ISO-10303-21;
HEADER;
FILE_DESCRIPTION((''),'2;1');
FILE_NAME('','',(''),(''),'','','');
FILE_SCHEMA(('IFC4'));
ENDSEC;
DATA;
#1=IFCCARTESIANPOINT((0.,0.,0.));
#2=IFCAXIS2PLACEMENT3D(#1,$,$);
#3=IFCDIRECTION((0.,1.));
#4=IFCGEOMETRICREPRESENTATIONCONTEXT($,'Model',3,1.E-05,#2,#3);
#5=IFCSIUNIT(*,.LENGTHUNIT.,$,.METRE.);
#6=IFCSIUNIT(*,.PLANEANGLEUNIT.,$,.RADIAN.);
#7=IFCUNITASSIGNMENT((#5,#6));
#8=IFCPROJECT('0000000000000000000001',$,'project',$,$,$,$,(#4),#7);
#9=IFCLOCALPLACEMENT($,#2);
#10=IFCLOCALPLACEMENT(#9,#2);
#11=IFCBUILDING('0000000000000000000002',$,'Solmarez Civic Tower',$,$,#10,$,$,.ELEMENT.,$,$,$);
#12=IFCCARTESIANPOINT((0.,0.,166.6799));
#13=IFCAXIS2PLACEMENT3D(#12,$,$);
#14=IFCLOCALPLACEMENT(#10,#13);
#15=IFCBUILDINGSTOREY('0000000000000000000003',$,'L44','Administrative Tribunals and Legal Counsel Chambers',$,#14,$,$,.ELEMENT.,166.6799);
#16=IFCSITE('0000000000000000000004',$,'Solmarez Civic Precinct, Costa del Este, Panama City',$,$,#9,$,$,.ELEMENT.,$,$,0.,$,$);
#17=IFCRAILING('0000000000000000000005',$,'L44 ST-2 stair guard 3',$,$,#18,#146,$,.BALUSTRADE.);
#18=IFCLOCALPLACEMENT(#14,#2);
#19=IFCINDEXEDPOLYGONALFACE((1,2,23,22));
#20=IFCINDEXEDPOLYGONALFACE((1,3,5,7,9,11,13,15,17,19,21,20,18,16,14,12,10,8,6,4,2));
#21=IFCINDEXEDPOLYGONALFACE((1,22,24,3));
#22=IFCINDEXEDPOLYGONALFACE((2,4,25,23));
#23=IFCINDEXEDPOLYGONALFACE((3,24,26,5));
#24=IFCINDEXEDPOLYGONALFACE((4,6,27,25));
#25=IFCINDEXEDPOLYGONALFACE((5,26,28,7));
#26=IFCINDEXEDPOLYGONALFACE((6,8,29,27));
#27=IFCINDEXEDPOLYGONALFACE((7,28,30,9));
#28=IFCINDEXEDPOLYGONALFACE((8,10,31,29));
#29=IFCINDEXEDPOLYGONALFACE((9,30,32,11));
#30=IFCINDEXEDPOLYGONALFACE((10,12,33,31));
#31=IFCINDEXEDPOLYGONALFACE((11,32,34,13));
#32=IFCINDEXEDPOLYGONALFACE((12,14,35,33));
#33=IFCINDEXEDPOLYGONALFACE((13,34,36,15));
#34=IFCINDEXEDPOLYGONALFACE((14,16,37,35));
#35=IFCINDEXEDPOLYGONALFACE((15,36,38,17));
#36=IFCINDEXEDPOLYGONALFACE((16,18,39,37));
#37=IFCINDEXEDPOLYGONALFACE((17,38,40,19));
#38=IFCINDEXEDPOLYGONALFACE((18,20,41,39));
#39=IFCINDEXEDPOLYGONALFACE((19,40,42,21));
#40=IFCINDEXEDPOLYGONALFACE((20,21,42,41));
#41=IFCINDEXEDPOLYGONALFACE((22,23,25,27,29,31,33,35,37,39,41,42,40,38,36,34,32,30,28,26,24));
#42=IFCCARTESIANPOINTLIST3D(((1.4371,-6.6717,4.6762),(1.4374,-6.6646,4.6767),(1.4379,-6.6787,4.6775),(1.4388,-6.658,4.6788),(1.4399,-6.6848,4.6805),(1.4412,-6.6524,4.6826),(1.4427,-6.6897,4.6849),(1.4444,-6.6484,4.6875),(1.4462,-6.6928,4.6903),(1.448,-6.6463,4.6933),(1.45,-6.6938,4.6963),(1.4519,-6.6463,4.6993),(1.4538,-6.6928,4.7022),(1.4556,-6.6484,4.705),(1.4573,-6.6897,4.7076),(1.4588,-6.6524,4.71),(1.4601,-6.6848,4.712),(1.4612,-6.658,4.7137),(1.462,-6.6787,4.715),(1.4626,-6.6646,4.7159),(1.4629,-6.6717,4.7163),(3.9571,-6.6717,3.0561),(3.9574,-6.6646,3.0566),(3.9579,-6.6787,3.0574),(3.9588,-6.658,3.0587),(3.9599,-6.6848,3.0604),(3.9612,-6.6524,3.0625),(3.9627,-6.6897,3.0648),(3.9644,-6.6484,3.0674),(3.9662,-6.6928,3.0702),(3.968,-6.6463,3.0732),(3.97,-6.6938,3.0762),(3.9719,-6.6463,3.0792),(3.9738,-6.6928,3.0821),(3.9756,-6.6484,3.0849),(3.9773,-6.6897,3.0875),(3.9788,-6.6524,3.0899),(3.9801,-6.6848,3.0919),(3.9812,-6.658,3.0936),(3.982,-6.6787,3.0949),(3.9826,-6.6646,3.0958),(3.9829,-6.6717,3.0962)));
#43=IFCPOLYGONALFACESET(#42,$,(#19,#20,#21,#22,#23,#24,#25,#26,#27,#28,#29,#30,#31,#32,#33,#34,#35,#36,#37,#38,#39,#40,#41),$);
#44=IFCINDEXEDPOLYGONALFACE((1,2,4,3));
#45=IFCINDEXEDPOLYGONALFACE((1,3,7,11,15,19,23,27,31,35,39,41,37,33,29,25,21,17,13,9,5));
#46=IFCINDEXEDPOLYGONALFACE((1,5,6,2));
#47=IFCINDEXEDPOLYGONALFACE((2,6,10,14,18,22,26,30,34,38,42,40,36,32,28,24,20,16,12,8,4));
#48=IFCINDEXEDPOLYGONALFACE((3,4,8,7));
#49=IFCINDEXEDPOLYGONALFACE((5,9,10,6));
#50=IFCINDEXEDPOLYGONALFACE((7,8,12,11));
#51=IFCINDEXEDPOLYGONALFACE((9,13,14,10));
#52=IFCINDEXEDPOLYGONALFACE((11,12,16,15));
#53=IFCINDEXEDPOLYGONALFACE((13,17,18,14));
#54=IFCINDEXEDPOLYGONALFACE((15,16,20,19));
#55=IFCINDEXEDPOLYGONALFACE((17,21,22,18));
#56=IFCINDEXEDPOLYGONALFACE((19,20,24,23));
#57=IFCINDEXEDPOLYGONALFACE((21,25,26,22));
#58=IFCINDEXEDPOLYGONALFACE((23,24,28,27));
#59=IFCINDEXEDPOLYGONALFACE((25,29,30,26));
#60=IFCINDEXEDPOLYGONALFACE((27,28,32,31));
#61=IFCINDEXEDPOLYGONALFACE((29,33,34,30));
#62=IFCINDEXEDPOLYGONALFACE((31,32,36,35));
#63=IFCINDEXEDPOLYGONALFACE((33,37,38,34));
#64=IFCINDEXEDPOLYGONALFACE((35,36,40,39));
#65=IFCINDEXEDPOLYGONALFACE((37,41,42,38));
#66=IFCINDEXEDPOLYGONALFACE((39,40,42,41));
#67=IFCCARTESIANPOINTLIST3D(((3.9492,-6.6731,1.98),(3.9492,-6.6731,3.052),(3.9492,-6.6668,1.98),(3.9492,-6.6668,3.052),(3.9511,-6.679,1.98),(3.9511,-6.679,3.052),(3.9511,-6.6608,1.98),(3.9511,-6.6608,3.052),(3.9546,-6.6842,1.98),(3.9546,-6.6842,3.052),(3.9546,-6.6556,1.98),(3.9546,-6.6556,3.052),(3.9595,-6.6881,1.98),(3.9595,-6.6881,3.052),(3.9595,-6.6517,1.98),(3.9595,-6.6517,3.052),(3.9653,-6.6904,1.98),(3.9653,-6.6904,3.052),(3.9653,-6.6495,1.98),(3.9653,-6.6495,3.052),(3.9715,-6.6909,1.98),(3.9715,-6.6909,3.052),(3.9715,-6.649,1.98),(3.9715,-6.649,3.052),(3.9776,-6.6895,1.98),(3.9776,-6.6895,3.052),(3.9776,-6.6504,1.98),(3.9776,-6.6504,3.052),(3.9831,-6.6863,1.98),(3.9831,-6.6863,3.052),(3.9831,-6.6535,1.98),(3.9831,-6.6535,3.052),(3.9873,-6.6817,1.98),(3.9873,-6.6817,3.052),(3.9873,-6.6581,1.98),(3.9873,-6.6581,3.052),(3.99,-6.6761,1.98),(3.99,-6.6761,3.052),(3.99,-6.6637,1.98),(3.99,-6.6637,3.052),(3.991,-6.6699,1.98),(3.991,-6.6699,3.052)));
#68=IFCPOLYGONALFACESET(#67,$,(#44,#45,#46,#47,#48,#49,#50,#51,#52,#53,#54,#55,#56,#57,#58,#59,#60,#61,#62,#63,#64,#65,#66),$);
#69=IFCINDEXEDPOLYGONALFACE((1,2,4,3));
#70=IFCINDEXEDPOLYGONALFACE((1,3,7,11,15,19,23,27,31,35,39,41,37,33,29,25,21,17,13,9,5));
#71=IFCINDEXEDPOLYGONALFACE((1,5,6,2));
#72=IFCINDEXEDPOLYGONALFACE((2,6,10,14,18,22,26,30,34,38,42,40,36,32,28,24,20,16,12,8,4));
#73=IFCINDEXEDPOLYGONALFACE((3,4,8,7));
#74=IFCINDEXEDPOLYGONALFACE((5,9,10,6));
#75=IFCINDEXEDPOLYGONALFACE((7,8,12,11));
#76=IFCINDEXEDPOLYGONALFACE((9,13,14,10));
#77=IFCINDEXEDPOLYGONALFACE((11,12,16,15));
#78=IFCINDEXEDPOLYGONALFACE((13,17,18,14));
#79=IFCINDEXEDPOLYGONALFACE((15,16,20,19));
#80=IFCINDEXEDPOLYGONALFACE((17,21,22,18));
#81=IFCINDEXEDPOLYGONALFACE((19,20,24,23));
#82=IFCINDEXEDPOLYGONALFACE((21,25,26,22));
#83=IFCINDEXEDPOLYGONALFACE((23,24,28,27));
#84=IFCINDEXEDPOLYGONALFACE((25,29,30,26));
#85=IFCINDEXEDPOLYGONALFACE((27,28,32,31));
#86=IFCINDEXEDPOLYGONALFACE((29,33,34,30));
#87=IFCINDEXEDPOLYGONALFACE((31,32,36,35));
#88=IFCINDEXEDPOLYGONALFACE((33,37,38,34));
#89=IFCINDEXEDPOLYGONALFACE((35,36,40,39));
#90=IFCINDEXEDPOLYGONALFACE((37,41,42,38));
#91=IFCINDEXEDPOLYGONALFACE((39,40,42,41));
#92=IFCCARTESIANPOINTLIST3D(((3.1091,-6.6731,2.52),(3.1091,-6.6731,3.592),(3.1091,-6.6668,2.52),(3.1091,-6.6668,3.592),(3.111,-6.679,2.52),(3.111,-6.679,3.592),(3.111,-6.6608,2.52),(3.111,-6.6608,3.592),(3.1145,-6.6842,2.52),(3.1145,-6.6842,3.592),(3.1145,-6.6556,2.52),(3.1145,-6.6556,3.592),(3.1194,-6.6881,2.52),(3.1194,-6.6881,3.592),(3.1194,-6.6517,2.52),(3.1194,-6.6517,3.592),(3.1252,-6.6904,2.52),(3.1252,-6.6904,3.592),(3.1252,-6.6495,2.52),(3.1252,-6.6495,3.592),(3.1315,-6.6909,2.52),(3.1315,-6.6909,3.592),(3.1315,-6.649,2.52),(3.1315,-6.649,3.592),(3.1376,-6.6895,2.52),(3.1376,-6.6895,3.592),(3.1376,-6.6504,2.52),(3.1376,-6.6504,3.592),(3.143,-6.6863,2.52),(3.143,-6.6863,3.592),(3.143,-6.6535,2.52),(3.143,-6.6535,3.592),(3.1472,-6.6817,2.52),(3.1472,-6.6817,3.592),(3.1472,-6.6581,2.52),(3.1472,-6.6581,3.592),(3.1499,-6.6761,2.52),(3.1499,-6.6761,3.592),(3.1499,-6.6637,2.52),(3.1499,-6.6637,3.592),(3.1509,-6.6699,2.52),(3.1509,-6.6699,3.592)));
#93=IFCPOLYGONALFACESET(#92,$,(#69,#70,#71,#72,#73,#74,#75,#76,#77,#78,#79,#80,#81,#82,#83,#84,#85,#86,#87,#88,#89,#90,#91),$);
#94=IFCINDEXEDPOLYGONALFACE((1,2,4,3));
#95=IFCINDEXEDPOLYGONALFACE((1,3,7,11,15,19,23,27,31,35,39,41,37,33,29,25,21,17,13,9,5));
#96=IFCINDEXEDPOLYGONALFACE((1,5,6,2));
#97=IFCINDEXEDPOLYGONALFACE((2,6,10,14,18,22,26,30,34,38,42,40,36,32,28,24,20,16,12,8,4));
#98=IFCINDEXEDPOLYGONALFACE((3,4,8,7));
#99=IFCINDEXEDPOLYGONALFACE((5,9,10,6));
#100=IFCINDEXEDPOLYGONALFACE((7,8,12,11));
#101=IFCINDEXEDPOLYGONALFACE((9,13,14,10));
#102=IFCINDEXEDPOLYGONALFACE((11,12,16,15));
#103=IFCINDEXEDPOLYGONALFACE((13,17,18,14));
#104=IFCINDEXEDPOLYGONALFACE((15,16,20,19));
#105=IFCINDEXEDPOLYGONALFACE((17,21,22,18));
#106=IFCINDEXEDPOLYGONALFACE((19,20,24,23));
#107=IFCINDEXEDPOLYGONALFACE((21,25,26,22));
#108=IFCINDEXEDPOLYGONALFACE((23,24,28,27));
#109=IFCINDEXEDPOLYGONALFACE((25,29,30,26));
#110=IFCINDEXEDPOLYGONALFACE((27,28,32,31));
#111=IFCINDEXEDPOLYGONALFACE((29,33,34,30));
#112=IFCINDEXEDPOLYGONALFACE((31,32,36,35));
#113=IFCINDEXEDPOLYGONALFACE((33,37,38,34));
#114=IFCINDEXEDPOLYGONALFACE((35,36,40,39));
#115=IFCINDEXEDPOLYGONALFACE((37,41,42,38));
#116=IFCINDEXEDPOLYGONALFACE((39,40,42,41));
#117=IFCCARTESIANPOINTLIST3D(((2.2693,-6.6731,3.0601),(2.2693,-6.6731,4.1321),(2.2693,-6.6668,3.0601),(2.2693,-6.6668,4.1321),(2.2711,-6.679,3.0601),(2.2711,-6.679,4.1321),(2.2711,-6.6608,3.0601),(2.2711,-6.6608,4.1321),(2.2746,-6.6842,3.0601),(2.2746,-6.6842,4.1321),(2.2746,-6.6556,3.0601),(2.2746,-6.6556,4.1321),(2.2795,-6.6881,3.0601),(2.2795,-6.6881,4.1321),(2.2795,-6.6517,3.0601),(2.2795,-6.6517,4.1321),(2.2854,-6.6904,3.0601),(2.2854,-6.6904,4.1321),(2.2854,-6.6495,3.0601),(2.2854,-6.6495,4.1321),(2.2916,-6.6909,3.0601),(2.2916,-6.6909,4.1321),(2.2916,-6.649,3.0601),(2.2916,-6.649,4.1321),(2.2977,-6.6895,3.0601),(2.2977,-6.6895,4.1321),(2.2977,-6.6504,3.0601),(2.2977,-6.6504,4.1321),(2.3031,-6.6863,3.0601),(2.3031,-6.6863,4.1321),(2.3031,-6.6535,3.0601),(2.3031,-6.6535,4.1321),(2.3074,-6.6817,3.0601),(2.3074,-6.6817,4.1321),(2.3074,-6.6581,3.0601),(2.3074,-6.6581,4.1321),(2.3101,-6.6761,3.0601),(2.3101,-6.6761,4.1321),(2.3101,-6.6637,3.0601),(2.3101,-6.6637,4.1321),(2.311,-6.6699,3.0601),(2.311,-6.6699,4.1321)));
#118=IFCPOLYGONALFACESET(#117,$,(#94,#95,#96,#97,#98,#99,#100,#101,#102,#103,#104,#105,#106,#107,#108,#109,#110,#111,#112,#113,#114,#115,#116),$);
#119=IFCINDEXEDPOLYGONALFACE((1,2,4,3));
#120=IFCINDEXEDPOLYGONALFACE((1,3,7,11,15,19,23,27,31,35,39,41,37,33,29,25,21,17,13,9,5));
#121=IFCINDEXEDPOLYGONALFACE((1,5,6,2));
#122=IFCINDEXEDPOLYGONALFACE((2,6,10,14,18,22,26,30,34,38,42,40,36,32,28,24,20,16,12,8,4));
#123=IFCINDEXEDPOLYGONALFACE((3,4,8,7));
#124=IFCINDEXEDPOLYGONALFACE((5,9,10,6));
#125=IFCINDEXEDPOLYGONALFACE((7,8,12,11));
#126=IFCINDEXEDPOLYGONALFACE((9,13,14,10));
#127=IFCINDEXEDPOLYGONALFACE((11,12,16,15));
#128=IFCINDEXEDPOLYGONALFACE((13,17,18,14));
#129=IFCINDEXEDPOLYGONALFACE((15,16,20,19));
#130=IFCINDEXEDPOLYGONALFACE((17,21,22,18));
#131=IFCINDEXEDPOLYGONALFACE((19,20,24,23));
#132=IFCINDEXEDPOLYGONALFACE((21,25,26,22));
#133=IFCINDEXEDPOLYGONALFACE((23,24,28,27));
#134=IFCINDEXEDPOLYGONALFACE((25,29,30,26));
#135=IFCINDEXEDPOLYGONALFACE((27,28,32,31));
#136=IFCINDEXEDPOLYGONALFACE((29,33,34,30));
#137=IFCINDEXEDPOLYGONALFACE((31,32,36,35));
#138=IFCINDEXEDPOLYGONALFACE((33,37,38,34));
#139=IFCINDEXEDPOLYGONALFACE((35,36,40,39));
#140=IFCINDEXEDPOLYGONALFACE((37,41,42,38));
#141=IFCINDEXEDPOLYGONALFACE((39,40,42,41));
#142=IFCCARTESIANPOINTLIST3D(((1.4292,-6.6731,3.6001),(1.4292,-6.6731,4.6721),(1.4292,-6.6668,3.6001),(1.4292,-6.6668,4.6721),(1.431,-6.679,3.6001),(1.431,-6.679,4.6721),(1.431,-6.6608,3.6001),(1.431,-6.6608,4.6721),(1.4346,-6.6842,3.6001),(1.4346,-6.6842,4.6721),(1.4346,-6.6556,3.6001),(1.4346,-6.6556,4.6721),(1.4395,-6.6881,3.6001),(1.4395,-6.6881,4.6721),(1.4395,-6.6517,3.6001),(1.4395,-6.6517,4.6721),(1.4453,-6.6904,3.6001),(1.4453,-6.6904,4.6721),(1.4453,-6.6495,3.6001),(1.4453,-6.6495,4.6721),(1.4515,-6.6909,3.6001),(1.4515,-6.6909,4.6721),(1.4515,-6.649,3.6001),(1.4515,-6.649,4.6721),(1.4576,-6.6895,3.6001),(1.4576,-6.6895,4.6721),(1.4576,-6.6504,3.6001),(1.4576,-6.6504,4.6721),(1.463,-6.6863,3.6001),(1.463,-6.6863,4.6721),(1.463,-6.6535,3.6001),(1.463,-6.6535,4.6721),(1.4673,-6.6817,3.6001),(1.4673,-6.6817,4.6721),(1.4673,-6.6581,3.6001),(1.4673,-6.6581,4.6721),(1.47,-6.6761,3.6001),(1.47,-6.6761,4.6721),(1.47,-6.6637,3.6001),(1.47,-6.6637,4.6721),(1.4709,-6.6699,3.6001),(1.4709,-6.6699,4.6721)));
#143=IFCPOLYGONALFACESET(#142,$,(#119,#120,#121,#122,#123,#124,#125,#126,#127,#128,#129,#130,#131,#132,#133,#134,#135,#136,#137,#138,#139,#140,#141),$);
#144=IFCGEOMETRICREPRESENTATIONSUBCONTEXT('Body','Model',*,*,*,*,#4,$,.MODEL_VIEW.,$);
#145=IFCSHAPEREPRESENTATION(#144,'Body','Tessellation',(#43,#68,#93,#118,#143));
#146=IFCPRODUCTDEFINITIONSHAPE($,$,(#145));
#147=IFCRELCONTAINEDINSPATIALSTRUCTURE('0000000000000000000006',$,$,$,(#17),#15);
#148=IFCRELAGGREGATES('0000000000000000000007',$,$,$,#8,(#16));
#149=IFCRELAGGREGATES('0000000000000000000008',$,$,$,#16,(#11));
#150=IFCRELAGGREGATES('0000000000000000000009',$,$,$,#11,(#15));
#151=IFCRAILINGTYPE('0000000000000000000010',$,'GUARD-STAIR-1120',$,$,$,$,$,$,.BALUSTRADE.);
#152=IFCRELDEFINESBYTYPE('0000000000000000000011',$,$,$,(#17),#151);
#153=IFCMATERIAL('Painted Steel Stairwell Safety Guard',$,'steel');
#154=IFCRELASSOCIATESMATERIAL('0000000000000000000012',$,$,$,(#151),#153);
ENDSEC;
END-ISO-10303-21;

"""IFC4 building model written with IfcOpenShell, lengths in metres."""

from ifc_helpers import new_model, si_unit, direction, frame, origin, origin_2d, place, context, subcontext, project, spatial, circle, extrude, material, type_object, element, save


model = new_model("IFC4")

# Units and contexts
model_context = context("Model", 3, precision=1e-05, world=origin(), true_north=direction((0.0, 1.0)))
body_context = subcontext(model_context, "Body", "Model", "MODEL_VIEW")
ifc_project = project(units=[si_unit("LENGTHUNIT", "METRE"), si_unit("PLANEANGLEUNIT", "RADIAN")], contexts=[model_context])

# Site, building, storey
site_placement = place(None, origin())
site = spatial("IfcSite", under=ifc_project, at=site_placement, Name="Solmarez Civic Precinct, Costa del Este, Panama City", CompositionType="ELEMENT", RefElevation=0.0)
building_placement = place(site_placement, origin())
building = spatial("IfcBuilding", under=site, at=building_placement, Name="Solmarez Civic Tower", CompositionType="ELEMENT")
storey_placement = place(building_placement, frame((0.0, 0.0, 166.6799)))
storey = spatial("IfcBuildingStorey", under=building, at=storey_placement, Name="L44", Description="Administrative Tribunals and Legal Counsel Chambers", CompositionType="ELEMENT", Elevation=166.6799)

# Railing
ifc_material_1 = material(Name="Painted Steel Stairwell Safety Guard", Category="steel")
railing_type_1 = type_object("IfcRailingType", Name="GUARD-STAIR-1120", PredefinedType="BALUSTRADE", material=ifc_material_1)
railing_1_placement = place(storey_placement, frame((3.97, -6.6699, 1.98)))
element("IfcRailing", 1, at=railing_1_placement, inside=storey, type_object=railing_type_1, Name="L44 ST-2 stair guard 3", PredefinedType="BALUSTRADE", context=body_context, shape_type="SweptSolid", body=[
    extrude(circle(Radius=0.0239, at=origin_2d()), frame((0.0, 0.0, 1.0962), z_axis=(-0.841163, 0.0, 0.540782), x_axis=(0.0, -1.0, 0.0)), (0.0, 0.0, 1.0), 2.9958),
    extrude(circle(Radius=0.021, at=origin_2d()), origin(), (0.0, 0.0, 1.0), 1.072),
    extrude(circle(Radius=0.021, at=origin_2d()), frame((-0.8401, 0.0, 0.54)), (0.0, 0.0, 1.0), 1.072),
    extrude(circle(Radius=0.021, at=origin_2d()), frame((-1.6799, 0.0, 1.0801)), (0.0, 0.0, 1.0), 1.072),
    extrude(circle(Radius=0.021, at=origin_2d()), frame((-2.52, 0.0, 1.6201)), (0.0, 0.0, 1.0), 1.072),
])

save(model, "model.ifc")
